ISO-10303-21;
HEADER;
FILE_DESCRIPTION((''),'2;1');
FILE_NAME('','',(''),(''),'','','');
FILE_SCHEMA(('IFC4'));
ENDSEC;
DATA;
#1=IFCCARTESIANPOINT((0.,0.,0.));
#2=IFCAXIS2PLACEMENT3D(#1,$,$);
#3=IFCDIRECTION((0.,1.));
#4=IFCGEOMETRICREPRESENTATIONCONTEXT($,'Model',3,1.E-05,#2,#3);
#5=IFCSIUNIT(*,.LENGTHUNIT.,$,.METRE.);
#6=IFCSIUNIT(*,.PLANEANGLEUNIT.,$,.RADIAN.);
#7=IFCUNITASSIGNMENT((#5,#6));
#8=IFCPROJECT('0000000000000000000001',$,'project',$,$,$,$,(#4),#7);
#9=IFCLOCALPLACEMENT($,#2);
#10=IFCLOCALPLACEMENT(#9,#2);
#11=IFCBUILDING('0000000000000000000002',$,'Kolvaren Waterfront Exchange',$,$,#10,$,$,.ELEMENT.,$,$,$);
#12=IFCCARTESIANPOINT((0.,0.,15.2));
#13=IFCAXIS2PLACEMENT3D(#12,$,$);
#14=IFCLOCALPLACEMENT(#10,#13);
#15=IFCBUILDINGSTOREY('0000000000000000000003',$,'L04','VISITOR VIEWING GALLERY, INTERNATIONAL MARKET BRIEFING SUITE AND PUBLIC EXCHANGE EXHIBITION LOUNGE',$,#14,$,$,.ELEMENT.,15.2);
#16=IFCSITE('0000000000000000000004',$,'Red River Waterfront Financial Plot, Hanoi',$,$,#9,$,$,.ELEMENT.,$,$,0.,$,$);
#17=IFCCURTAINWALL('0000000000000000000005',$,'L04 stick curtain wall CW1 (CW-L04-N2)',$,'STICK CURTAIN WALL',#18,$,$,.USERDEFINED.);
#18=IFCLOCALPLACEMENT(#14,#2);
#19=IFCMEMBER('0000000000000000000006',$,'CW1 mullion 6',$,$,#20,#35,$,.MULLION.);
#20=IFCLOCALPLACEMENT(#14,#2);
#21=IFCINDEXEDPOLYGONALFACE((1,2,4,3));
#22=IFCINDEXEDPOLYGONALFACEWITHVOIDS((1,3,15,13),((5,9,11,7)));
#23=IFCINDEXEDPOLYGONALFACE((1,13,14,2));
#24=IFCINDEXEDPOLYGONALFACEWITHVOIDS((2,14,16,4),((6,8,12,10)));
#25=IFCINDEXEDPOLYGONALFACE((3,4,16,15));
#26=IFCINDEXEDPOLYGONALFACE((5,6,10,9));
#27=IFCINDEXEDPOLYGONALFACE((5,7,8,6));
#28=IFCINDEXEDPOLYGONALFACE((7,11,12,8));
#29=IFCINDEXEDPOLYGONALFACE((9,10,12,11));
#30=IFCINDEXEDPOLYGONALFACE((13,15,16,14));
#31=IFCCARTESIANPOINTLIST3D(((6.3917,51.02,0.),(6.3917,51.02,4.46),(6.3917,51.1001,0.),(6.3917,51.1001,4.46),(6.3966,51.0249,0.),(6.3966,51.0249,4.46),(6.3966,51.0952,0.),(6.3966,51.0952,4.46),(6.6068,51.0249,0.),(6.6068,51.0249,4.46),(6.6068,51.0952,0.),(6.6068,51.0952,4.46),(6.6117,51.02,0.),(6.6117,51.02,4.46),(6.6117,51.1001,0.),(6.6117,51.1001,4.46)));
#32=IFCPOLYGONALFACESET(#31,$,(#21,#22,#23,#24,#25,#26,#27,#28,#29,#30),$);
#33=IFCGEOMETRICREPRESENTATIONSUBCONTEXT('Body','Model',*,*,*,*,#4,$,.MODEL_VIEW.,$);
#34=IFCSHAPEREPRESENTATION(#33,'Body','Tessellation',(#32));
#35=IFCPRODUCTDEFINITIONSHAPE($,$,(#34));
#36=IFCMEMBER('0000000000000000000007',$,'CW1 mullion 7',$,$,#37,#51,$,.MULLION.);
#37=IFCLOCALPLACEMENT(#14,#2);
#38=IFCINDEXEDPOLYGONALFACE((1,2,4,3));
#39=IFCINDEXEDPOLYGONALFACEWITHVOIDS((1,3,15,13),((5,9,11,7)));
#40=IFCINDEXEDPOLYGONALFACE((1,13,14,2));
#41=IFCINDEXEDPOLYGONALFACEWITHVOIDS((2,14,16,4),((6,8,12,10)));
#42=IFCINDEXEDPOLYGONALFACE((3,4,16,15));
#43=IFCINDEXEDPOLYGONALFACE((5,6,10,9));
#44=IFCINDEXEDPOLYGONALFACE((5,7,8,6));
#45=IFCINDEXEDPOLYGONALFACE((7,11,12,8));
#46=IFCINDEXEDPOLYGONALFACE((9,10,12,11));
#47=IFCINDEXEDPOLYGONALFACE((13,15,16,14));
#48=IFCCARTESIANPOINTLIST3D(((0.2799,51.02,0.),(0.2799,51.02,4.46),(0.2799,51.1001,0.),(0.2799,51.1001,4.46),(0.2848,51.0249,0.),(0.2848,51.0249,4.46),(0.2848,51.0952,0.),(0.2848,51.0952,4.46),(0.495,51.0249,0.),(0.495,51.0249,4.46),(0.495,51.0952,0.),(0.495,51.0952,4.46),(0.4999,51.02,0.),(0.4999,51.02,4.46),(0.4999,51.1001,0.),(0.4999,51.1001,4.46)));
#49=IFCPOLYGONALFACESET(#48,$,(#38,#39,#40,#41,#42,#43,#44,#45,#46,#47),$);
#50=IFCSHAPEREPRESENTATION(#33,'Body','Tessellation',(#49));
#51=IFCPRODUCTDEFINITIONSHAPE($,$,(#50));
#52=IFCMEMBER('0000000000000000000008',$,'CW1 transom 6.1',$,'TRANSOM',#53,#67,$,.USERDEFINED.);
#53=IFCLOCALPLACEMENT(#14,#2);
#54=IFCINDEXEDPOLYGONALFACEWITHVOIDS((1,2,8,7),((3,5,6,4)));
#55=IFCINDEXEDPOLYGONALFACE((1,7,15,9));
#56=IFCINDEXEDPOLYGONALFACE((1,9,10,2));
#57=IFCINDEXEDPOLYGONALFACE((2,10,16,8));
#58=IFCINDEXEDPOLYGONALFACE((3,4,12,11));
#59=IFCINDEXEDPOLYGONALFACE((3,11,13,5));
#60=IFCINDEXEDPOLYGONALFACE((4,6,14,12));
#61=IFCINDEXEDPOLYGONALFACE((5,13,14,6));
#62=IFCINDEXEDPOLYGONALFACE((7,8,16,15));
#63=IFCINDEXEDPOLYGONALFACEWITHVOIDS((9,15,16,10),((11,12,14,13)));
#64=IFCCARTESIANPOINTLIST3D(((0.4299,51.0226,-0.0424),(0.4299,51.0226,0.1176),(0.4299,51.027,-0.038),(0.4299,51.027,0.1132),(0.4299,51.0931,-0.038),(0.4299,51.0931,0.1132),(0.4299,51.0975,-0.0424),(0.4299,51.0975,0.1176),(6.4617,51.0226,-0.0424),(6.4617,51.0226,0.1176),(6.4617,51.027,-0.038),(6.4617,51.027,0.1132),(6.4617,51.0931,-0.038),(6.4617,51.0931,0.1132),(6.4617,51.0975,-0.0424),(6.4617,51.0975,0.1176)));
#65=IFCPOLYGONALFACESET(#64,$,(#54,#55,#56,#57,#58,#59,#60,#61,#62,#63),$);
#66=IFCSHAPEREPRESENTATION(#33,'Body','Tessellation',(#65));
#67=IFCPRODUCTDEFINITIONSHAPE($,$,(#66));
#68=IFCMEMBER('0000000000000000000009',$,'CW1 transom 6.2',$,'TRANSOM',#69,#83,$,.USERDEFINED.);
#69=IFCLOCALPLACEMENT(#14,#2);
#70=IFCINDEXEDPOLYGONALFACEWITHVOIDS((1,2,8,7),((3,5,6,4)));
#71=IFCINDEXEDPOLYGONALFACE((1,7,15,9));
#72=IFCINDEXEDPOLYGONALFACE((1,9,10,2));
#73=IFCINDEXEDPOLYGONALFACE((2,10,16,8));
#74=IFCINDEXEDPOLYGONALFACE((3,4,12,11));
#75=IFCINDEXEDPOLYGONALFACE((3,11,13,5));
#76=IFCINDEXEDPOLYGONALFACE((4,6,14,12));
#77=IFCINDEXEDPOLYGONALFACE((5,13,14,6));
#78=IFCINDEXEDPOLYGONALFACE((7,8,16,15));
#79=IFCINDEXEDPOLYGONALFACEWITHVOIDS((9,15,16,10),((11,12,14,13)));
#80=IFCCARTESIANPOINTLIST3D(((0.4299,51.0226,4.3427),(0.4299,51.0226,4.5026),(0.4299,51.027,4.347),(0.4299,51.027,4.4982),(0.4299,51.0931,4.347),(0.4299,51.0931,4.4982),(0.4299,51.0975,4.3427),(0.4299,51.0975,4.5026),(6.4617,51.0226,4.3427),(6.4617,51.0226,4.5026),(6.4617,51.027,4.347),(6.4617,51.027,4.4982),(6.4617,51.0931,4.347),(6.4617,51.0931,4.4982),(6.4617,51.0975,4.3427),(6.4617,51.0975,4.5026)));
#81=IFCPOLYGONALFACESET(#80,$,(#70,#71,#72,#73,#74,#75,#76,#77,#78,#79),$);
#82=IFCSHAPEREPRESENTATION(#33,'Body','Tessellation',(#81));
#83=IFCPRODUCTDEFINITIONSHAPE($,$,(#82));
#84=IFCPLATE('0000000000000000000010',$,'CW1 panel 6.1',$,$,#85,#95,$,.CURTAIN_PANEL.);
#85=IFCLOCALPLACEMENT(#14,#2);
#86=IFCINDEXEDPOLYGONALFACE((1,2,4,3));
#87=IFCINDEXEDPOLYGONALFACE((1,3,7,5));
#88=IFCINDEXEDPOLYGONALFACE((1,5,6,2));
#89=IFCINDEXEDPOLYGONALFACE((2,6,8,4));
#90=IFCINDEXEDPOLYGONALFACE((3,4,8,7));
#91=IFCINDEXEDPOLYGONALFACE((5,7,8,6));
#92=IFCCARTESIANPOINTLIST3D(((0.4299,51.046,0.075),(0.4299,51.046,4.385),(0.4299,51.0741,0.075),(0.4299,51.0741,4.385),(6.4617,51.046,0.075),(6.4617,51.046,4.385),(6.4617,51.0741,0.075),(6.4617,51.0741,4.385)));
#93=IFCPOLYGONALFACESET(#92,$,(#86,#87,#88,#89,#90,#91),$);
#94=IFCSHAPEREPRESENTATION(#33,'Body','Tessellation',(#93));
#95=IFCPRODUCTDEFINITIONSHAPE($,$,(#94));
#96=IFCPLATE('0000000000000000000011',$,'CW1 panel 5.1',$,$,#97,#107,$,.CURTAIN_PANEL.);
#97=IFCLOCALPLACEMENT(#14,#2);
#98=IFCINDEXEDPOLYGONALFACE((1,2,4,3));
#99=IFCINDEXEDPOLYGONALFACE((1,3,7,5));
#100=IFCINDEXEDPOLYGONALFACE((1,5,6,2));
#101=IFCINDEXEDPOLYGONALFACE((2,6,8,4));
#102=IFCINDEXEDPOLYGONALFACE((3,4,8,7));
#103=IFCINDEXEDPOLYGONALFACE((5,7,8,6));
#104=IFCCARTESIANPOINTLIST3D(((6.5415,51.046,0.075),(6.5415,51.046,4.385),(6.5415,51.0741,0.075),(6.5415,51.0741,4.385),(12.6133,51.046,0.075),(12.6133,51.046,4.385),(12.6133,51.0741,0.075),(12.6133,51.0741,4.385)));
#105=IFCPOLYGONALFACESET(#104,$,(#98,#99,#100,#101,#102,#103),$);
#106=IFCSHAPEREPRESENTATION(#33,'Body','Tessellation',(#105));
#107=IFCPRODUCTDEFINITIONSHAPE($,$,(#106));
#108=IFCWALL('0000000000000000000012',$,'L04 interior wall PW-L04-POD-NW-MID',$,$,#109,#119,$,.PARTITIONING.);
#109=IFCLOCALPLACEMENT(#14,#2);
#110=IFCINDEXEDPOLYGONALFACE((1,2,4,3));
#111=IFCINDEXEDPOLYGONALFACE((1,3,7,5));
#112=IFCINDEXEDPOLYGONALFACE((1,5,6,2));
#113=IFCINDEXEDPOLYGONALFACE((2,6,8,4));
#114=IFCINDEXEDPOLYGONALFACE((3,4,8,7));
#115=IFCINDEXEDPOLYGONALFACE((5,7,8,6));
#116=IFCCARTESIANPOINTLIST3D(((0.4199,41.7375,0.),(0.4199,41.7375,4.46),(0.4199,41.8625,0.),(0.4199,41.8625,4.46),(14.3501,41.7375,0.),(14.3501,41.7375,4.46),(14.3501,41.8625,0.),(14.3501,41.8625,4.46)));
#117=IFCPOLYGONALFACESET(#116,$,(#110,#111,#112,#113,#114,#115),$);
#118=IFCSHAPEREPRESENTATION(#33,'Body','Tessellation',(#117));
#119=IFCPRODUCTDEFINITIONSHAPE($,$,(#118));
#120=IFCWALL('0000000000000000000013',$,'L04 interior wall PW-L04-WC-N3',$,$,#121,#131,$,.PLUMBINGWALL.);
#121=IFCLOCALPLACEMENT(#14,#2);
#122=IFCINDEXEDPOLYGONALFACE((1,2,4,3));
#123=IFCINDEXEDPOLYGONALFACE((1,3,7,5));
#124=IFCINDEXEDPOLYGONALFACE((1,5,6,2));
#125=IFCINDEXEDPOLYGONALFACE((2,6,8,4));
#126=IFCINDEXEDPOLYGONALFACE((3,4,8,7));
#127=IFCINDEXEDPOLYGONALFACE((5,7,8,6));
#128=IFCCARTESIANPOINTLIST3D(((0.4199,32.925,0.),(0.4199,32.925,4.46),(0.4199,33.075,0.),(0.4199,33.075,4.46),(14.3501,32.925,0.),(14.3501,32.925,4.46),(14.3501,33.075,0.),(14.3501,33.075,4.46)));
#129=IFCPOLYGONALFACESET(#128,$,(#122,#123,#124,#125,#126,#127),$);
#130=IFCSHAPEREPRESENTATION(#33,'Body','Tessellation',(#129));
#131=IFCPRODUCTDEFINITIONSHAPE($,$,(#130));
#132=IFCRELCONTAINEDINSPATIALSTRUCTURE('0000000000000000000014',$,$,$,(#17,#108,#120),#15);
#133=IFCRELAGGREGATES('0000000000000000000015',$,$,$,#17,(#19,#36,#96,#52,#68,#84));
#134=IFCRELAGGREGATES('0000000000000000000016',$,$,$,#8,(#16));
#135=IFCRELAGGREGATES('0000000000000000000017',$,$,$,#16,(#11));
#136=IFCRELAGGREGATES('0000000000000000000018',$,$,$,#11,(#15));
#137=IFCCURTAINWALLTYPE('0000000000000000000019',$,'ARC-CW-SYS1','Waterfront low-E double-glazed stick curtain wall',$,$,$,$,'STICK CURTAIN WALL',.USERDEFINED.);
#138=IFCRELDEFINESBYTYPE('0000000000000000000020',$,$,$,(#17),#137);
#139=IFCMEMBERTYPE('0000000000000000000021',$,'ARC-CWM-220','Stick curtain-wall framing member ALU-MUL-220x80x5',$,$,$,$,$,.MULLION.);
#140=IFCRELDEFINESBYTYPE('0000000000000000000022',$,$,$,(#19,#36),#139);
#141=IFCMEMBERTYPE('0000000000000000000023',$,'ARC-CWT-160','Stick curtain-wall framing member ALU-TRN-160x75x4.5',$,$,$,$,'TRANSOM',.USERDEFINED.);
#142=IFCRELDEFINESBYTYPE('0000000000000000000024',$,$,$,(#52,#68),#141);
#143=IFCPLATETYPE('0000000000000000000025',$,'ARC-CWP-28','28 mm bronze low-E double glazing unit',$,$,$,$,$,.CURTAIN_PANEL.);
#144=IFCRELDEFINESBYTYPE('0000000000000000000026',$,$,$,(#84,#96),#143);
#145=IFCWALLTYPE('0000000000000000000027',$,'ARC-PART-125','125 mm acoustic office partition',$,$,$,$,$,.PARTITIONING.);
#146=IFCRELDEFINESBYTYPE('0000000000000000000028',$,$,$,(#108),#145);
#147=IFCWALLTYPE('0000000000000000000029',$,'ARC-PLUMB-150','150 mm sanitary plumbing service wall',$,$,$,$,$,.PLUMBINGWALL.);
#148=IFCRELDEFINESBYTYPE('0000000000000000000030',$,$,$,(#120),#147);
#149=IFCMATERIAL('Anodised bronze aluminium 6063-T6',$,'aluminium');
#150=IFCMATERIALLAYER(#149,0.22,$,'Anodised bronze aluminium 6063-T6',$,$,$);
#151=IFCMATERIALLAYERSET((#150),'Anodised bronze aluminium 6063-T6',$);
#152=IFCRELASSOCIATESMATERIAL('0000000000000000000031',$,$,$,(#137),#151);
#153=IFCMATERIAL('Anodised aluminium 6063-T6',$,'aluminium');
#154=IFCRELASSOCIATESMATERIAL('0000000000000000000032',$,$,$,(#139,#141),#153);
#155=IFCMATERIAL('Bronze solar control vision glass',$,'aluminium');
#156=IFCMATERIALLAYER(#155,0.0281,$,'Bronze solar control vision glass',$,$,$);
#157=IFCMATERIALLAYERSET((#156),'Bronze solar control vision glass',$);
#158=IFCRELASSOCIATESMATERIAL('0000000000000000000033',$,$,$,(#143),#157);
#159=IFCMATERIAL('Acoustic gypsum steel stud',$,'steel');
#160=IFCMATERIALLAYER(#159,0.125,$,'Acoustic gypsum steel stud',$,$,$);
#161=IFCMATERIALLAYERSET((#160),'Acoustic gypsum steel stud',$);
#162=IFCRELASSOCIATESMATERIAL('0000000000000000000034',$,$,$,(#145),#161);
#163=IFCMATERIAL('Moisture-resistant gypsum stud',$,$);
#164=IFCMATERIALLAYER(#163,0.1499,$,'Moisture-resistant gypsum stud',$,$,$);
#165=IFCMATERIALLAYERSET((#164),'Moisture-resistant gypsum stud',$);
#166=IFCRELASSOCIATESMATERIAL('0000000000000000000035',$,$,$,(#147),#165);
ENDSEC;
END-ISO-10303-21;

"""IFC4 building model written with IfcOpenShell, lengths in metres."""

from ifc_helpers import new_model, si_unit, direction, frame, frame_2d, origin, origin_with_axes, origin_2d, place, context, subcontext, project, spatial, rectangle, hollow_rectangle, extrude, source, transform, mapped, material, layer, layer_set, material_profile, profile_set, type_object, element, aggregate, save


model = new_model("IFC4")

# Units and contexts
model_context = context("Model", 3, precision=1e-05, world=origin(), true_north=direction((0.0, 1.0)))
body_context = subcontext(model_context, "Body", "Model", "MODEL_VIEW")
ifc_project = project(units=[si_unit("LENGTHUNIT", "METRE"), si_unit("PLANEANGLEUNIT", "RADIAN")], contexts=[model_context])

# Site, building, storey
site_placement = place(None, origin())
site = spatial("IfcSite", under=ifc_project, at=site_placement, Name="Red River Waterfront Financial Plot, Hanoi", CompositionType="ELEMENT", RefElevation=0.0)
building_placement = place(site_placement, origin())
building = spatial("IfcBuilding", under=site, at=building_placement, Name="Kolvaren Waterfront Exchange", CompositionType="ELEMENT")
storey_placement = place(building_placement, frame((0.0, 0.0, 15.2)))
storey = spatial("IfcBuildingStorey", under=building, at=storey_placement, Name="L04", Description="VISITOR VIEWING GALLERY, INTERNATIONAL MARKET BRIEFING SUITE AND PUBLIC EXCHANGE EXHIBITION LOUNGE", CompositionType="ELEMENT", Elevation=15.2)

# Curtain wall, members, plates
ifc_material_1 = material(Name="Anodised bronze aluminium 6063-T6", Category="aluminium")
ifc_layer_1 = layer(ifc_material_1, 0.22, Name="Anodised bronze aluminium 6063-T6")
ifc_layer_set_1 = layer_set([ifc_layer_1], Name="Anodised bronze aluminium 6063-T6")
curtain_wall_type = type_object("IfcCurtainWallType", Name="ARC-CW-SYS1", Description="Waterfront low-E double-glazed stick curtain wall", ElementType="STICK CURTAIN WALL", PredefinedType="USERDEFINED", material=ifc_layer_set_1)
curtain_wall_placement = place(storey_placement, origin())
curtain_wall = element("IfcCurtainWall", 1, at=curtain_wall_placement, inside=storey, type_object=curtain_wall_type, Name="L04 stick curtain wall CW1 (CW-L04-N2)", ObjectType="STICK CURTAIN WALL", PredefinedType="USERDEFINED")
ifc_material_2 = material(Name="Anodised aluminium 6063-T6", Category="aluminium")
ifc_material_profile_1 = material_profile(ifc_material_2, hollow_rectangle(XDim=0.0801, YDim=0.22, WallThickness=0.0049, at=origin_2d()), Name="ALU-MUL-220x80x5")
ifc_profile_set_1 = profile_set([ifc_material_profile_1], Name="Anodised aluminium 6063-T6")
member_type_1 = type_object("IfcMemberType", Name="ARC-CWM-220", Description="Stick curtain-wall framing member ALU-MUL-220x80x5", PredefinedType="MULLION", material=ifc_profile_set_1)
shared_shape_1 = source(origin_with_axes(), body_context, "Body", "SweptSolid", [
    extrude(hollow_rectangle(XDim=0.0801, YDim=0.22, WallThickness=0.0049, at=origin_2d()), origin(), (0.0, 0.0, 1.0), 4.46),
])
member_1_placement = place(storey_placement, frame((6.5017, 51.0601, 0.0), z_axis=(0.0, 0.0, 1.0), x_axis=(0.0, -1.0, 0.0)))
member_1 = element("IfcMember", 2, at=member_1_placement, type_object=member_type_1, Name="CW1 mullion 6", PredefinedType="MULLION", context=body_context, shape_type="MappedRepresentation", body=[
    mapped(shared_shape_1, transform((0.0, 0.0, 0.0), x_axis=(1.0, 0.0, 0.0), y_axis=(0.0, 1.0, 0.0), z_axis=(0.0, 0.0, 1.0), scale=1.0)),
])
member_2_placement = place(storey_placement, frame((0.3899, 51.0601, 0.0), z_axis=(0.0, 0.0, 1.0), x_axis=(0.0, -1.0, 0.0)))
member_2 = element("IfcMember", 3, at=member_2_placement, type_object=member_type_1, Name="CW1 mullion 7", PredefinedType="MULLION", context=body_context, shape_type="MappedRepresentation", body=[
    mapped(shared_shape_1, transform((0.0, 0.0, 0.0), x_axis=(1.0, 0.0, 0.0), y_axis=(0.0, 1.0, 0.0), z_axis=(0.0, 0.0, 1.0), scale=1.0)),
])
ifc_material_profile_2 = material_profile(ifc_material_2, hollow_rectangle(XDim=0.075, YDim=0.1599, WallThickness=0.0044, at=origin_2d()), Name="ALU-TRN-160x75x4.5")
ifc_profile_set_2 = profile_set([ifc_material_profile_2], Name="Anodised aluminium 6063-T6")
member_type_2 = type_object("IfcMemberType", Name="ARC-CWT-160", Description="Stick curtain-wall framing member ALU-TRN-160x75x4.5", ElementType="TRANSOM", PredefinedType="USERDEFINED", material=ifc_profile_set_2)
shared_shape_2 = source(origin_with_axes(), body_context, "Body", "SweptSolid", [
    extrude(hollow_rectangle(XDim=0.075, YDim=0.1599, WallThickness=0.0044, at=origin_2d()), origin(), (0.0, 0.0, 1.0), 6.0317),
])
member_3_placement = place(storey_placement, frame((6.4617, 51.0601, 0.0376), z_axis=(-1.0, 0.0, 0.0), x_axis=(0.0, -1.0, 0.0)))
member_3 = element("IfcMember", 4, at=member_3_placement, type_object=member_type_2, Name="CW1 transom 6.1", ObjectType="TRANSOM", PredefinedType="USERDEFINED", context=body_context, shape_type="MappedRepresentation", body=[
    mapped(shared_shape_2, transform((0.0, 0.0, 0.0), x_axis=(1.0, 0.0, 0.0), y_axis=(0.0, 1.0, 0.0), z_axis=(0.0, 0.0, 1.0), scale=1.0)),
])
member_4_placement = place(storey_placement, frame((6.4617, 51.0601, 4.4226), z_axis=(-1.0, 0.0, 0.0), x_axis=(0.0, -1.0, 0.0)))
member_4 = element("IfcMember", 5, at=member_4_placement, type_object=member_type_2, Name="CW1 transom 6.2", ObjectType="TRANSOM", PredefinedType="USERDEFINED", context=body_context, shape_type="MappedRepresentation", body=[
    mapped(shared_shape_2, transform((0.0, 0.0, 0.0), x_axis=(1.0, 0.0, 0.0), y_axis=(0.0, 1.0, 0.0), z_axis=(0.0, 0.0, 1.0), scale=1.0)),
])
ifc_material_3 = material(Name="Bronze solar control vision glass", Category="aluminium")
ifc_layer_2 = layer(ifc_material_3, 0.0281, Name="Bronze solar control vision glass")
ifc_layer_set_2 = layer_set([ifc_layer_2], Name="Bronze solar control vision glass")
plate_type = type_object("IfcPlateType", Name="ARC-CWP-28", Description="28 mm bronze low-E double glazing unit", PredefinedType="CURTAIN_PANEL", material=ifc_layer_set_2)
shared_shape_3 = source(origin_with_axes(), body_context, "Body", "SweptSolid", [
    extrude(rectangle(XDim=6.0317, YDim=0.0281, at=origin_2d()), origin(), (0.0, 0.0, 1.0), 4.3101),
])
plate_1_placement = place(storey_placement, frame((3.4458, 51.0601, 0.075), z_axis=(0.0, 0.0, 1.0), x_axis=(-1.0, 0.0, 0.0)))
plate_1 = element("IfcPlate", 6, at=plate_1_placement, type_object=plate_type, Name="CW1 panel 6.1", PredefinedType="CURTAIN_PANEL", context=body_context, shape_type="MappedRepresentation", body=[
    mapped(shared_shape_3, transform((0.0, 0.0, 0.0), x_axis=(1.0, 0.0, 0.0), y_axis=(0.0, 1.0, 0.0), z_axis=(0.0, 0.0, 1.0), scale=1.0)),
])
shared_shape_4 = source(origin_with_axes(), body_context, "Body", "SweptSolid", [
    extrude(rectangle(XDim=6.0718, YDim=0.0281, at=origin_2d()), origin(), (0.0, 0.0, 1.0), 4.3101),
])
plate_2_placement = place(storey_placement, frame((9.5774, 51.0601, 0.075), z_axis=(0.0, 0.0, 1.0), x_axis=(-1.0, 0.0, 0.0)))
plate_2 = element("IfcPlate", 7, at=plate_2_placement, type_object=plate_type, Name="CW1 panel 5.1", PredefinedType="CURTAIN_PANEL", context=body_context, shape_type="MappedRepresentation", body=[
    mapped(shared_shape_4, transform((0.0, 0.0, 0.0), x_axis=(1.0, 0.0, 0.0), y_axis=(0.0, 1.0, 0.0), z_axis=(0.0, 0.0, 1.0), scale=1.0)),
])
aggregate(curtain_wall, [member_1, member_2, plate_2, member_3, member_4, plate_1])

# Walls
ifc_material_4 = material(Name="Acoustic gypsum steel stud", Category="steel")
ifc_layer_3 = layer(ifc_material_4, 0.125, Name="Acoustic gypsum steel stud")
ifc_layer_set_3 = layer_set([ifc_layer_3], Name="Acoustic gypsum steel stud")
wall_type_1 = type_object("IfcWallType", Name="ARC-PART-125", Description="125 mm acoustic office partition", PredefinedType="PARTITIONING", material=ifc_layer_set_3)
wall_1_placement = place(storey_placement, frame((0.4199, 41.8, 0.0), z_axis=(0.0, 0.0, 1.0), x_axis=(1.0, 0.0, 0.0)))
element("IfcWall", 8, at=wall_1_placement, inside=storey, type_object=wall_type_1, Name="L04 interior wall PW-L04-POD-NW-MID", PredefinedType="PARTITIONING", context=body_context, shape_type="SweptSolid", body=[
    extrude(rectangle(XDim=13.9302, YDim=0.125, at=frame_2d((6.9651, 0.0))), origin(), (0.0, 0.0, 1.0), 4.46),
])
ifc_material_5 = material(Name="Moisture-resistant gypsum stud")
ifc_layer_4 = layer(ifc_material_5, 0.1499, Name="Moisture-resistant gypsum stud")
ifc_layer_set_4 = layer_set([ifc_layer_4], Name="Moisture-resistant gypsum stud")
wall_type_2 = type_object("IfcWallType", Name="ARC-PLUMB-150", Description="150 mm sanitary plumbing service wall", PredefinedType="PLUMBINGWALL", material=ifc_layer_set_4)
wall_2_placement = place(storey_placement, frame((0.4199, 33.0, 0.0), z_axis=(0.0, 0.0, 1.0), x_axis=(1.0, 0.0, 0.0)))
element("IfcWall", 9, at=wall_2_placement, inside=storey, type_object=wall_type_2, Name="L04 interior wall PW-L04-WC-N3", PredefinedType="PLUMBINGWALL", context=body_context, shape_type="SweptSolid", body=[
    extrude(rectangle(XDim=13.9302, YDim=0.1499, at=frame_2d((6.9651, 0.0))), origin(), (0.0, 0.0, 1.0), 4.46),
])

save(model, "model.ifc")
